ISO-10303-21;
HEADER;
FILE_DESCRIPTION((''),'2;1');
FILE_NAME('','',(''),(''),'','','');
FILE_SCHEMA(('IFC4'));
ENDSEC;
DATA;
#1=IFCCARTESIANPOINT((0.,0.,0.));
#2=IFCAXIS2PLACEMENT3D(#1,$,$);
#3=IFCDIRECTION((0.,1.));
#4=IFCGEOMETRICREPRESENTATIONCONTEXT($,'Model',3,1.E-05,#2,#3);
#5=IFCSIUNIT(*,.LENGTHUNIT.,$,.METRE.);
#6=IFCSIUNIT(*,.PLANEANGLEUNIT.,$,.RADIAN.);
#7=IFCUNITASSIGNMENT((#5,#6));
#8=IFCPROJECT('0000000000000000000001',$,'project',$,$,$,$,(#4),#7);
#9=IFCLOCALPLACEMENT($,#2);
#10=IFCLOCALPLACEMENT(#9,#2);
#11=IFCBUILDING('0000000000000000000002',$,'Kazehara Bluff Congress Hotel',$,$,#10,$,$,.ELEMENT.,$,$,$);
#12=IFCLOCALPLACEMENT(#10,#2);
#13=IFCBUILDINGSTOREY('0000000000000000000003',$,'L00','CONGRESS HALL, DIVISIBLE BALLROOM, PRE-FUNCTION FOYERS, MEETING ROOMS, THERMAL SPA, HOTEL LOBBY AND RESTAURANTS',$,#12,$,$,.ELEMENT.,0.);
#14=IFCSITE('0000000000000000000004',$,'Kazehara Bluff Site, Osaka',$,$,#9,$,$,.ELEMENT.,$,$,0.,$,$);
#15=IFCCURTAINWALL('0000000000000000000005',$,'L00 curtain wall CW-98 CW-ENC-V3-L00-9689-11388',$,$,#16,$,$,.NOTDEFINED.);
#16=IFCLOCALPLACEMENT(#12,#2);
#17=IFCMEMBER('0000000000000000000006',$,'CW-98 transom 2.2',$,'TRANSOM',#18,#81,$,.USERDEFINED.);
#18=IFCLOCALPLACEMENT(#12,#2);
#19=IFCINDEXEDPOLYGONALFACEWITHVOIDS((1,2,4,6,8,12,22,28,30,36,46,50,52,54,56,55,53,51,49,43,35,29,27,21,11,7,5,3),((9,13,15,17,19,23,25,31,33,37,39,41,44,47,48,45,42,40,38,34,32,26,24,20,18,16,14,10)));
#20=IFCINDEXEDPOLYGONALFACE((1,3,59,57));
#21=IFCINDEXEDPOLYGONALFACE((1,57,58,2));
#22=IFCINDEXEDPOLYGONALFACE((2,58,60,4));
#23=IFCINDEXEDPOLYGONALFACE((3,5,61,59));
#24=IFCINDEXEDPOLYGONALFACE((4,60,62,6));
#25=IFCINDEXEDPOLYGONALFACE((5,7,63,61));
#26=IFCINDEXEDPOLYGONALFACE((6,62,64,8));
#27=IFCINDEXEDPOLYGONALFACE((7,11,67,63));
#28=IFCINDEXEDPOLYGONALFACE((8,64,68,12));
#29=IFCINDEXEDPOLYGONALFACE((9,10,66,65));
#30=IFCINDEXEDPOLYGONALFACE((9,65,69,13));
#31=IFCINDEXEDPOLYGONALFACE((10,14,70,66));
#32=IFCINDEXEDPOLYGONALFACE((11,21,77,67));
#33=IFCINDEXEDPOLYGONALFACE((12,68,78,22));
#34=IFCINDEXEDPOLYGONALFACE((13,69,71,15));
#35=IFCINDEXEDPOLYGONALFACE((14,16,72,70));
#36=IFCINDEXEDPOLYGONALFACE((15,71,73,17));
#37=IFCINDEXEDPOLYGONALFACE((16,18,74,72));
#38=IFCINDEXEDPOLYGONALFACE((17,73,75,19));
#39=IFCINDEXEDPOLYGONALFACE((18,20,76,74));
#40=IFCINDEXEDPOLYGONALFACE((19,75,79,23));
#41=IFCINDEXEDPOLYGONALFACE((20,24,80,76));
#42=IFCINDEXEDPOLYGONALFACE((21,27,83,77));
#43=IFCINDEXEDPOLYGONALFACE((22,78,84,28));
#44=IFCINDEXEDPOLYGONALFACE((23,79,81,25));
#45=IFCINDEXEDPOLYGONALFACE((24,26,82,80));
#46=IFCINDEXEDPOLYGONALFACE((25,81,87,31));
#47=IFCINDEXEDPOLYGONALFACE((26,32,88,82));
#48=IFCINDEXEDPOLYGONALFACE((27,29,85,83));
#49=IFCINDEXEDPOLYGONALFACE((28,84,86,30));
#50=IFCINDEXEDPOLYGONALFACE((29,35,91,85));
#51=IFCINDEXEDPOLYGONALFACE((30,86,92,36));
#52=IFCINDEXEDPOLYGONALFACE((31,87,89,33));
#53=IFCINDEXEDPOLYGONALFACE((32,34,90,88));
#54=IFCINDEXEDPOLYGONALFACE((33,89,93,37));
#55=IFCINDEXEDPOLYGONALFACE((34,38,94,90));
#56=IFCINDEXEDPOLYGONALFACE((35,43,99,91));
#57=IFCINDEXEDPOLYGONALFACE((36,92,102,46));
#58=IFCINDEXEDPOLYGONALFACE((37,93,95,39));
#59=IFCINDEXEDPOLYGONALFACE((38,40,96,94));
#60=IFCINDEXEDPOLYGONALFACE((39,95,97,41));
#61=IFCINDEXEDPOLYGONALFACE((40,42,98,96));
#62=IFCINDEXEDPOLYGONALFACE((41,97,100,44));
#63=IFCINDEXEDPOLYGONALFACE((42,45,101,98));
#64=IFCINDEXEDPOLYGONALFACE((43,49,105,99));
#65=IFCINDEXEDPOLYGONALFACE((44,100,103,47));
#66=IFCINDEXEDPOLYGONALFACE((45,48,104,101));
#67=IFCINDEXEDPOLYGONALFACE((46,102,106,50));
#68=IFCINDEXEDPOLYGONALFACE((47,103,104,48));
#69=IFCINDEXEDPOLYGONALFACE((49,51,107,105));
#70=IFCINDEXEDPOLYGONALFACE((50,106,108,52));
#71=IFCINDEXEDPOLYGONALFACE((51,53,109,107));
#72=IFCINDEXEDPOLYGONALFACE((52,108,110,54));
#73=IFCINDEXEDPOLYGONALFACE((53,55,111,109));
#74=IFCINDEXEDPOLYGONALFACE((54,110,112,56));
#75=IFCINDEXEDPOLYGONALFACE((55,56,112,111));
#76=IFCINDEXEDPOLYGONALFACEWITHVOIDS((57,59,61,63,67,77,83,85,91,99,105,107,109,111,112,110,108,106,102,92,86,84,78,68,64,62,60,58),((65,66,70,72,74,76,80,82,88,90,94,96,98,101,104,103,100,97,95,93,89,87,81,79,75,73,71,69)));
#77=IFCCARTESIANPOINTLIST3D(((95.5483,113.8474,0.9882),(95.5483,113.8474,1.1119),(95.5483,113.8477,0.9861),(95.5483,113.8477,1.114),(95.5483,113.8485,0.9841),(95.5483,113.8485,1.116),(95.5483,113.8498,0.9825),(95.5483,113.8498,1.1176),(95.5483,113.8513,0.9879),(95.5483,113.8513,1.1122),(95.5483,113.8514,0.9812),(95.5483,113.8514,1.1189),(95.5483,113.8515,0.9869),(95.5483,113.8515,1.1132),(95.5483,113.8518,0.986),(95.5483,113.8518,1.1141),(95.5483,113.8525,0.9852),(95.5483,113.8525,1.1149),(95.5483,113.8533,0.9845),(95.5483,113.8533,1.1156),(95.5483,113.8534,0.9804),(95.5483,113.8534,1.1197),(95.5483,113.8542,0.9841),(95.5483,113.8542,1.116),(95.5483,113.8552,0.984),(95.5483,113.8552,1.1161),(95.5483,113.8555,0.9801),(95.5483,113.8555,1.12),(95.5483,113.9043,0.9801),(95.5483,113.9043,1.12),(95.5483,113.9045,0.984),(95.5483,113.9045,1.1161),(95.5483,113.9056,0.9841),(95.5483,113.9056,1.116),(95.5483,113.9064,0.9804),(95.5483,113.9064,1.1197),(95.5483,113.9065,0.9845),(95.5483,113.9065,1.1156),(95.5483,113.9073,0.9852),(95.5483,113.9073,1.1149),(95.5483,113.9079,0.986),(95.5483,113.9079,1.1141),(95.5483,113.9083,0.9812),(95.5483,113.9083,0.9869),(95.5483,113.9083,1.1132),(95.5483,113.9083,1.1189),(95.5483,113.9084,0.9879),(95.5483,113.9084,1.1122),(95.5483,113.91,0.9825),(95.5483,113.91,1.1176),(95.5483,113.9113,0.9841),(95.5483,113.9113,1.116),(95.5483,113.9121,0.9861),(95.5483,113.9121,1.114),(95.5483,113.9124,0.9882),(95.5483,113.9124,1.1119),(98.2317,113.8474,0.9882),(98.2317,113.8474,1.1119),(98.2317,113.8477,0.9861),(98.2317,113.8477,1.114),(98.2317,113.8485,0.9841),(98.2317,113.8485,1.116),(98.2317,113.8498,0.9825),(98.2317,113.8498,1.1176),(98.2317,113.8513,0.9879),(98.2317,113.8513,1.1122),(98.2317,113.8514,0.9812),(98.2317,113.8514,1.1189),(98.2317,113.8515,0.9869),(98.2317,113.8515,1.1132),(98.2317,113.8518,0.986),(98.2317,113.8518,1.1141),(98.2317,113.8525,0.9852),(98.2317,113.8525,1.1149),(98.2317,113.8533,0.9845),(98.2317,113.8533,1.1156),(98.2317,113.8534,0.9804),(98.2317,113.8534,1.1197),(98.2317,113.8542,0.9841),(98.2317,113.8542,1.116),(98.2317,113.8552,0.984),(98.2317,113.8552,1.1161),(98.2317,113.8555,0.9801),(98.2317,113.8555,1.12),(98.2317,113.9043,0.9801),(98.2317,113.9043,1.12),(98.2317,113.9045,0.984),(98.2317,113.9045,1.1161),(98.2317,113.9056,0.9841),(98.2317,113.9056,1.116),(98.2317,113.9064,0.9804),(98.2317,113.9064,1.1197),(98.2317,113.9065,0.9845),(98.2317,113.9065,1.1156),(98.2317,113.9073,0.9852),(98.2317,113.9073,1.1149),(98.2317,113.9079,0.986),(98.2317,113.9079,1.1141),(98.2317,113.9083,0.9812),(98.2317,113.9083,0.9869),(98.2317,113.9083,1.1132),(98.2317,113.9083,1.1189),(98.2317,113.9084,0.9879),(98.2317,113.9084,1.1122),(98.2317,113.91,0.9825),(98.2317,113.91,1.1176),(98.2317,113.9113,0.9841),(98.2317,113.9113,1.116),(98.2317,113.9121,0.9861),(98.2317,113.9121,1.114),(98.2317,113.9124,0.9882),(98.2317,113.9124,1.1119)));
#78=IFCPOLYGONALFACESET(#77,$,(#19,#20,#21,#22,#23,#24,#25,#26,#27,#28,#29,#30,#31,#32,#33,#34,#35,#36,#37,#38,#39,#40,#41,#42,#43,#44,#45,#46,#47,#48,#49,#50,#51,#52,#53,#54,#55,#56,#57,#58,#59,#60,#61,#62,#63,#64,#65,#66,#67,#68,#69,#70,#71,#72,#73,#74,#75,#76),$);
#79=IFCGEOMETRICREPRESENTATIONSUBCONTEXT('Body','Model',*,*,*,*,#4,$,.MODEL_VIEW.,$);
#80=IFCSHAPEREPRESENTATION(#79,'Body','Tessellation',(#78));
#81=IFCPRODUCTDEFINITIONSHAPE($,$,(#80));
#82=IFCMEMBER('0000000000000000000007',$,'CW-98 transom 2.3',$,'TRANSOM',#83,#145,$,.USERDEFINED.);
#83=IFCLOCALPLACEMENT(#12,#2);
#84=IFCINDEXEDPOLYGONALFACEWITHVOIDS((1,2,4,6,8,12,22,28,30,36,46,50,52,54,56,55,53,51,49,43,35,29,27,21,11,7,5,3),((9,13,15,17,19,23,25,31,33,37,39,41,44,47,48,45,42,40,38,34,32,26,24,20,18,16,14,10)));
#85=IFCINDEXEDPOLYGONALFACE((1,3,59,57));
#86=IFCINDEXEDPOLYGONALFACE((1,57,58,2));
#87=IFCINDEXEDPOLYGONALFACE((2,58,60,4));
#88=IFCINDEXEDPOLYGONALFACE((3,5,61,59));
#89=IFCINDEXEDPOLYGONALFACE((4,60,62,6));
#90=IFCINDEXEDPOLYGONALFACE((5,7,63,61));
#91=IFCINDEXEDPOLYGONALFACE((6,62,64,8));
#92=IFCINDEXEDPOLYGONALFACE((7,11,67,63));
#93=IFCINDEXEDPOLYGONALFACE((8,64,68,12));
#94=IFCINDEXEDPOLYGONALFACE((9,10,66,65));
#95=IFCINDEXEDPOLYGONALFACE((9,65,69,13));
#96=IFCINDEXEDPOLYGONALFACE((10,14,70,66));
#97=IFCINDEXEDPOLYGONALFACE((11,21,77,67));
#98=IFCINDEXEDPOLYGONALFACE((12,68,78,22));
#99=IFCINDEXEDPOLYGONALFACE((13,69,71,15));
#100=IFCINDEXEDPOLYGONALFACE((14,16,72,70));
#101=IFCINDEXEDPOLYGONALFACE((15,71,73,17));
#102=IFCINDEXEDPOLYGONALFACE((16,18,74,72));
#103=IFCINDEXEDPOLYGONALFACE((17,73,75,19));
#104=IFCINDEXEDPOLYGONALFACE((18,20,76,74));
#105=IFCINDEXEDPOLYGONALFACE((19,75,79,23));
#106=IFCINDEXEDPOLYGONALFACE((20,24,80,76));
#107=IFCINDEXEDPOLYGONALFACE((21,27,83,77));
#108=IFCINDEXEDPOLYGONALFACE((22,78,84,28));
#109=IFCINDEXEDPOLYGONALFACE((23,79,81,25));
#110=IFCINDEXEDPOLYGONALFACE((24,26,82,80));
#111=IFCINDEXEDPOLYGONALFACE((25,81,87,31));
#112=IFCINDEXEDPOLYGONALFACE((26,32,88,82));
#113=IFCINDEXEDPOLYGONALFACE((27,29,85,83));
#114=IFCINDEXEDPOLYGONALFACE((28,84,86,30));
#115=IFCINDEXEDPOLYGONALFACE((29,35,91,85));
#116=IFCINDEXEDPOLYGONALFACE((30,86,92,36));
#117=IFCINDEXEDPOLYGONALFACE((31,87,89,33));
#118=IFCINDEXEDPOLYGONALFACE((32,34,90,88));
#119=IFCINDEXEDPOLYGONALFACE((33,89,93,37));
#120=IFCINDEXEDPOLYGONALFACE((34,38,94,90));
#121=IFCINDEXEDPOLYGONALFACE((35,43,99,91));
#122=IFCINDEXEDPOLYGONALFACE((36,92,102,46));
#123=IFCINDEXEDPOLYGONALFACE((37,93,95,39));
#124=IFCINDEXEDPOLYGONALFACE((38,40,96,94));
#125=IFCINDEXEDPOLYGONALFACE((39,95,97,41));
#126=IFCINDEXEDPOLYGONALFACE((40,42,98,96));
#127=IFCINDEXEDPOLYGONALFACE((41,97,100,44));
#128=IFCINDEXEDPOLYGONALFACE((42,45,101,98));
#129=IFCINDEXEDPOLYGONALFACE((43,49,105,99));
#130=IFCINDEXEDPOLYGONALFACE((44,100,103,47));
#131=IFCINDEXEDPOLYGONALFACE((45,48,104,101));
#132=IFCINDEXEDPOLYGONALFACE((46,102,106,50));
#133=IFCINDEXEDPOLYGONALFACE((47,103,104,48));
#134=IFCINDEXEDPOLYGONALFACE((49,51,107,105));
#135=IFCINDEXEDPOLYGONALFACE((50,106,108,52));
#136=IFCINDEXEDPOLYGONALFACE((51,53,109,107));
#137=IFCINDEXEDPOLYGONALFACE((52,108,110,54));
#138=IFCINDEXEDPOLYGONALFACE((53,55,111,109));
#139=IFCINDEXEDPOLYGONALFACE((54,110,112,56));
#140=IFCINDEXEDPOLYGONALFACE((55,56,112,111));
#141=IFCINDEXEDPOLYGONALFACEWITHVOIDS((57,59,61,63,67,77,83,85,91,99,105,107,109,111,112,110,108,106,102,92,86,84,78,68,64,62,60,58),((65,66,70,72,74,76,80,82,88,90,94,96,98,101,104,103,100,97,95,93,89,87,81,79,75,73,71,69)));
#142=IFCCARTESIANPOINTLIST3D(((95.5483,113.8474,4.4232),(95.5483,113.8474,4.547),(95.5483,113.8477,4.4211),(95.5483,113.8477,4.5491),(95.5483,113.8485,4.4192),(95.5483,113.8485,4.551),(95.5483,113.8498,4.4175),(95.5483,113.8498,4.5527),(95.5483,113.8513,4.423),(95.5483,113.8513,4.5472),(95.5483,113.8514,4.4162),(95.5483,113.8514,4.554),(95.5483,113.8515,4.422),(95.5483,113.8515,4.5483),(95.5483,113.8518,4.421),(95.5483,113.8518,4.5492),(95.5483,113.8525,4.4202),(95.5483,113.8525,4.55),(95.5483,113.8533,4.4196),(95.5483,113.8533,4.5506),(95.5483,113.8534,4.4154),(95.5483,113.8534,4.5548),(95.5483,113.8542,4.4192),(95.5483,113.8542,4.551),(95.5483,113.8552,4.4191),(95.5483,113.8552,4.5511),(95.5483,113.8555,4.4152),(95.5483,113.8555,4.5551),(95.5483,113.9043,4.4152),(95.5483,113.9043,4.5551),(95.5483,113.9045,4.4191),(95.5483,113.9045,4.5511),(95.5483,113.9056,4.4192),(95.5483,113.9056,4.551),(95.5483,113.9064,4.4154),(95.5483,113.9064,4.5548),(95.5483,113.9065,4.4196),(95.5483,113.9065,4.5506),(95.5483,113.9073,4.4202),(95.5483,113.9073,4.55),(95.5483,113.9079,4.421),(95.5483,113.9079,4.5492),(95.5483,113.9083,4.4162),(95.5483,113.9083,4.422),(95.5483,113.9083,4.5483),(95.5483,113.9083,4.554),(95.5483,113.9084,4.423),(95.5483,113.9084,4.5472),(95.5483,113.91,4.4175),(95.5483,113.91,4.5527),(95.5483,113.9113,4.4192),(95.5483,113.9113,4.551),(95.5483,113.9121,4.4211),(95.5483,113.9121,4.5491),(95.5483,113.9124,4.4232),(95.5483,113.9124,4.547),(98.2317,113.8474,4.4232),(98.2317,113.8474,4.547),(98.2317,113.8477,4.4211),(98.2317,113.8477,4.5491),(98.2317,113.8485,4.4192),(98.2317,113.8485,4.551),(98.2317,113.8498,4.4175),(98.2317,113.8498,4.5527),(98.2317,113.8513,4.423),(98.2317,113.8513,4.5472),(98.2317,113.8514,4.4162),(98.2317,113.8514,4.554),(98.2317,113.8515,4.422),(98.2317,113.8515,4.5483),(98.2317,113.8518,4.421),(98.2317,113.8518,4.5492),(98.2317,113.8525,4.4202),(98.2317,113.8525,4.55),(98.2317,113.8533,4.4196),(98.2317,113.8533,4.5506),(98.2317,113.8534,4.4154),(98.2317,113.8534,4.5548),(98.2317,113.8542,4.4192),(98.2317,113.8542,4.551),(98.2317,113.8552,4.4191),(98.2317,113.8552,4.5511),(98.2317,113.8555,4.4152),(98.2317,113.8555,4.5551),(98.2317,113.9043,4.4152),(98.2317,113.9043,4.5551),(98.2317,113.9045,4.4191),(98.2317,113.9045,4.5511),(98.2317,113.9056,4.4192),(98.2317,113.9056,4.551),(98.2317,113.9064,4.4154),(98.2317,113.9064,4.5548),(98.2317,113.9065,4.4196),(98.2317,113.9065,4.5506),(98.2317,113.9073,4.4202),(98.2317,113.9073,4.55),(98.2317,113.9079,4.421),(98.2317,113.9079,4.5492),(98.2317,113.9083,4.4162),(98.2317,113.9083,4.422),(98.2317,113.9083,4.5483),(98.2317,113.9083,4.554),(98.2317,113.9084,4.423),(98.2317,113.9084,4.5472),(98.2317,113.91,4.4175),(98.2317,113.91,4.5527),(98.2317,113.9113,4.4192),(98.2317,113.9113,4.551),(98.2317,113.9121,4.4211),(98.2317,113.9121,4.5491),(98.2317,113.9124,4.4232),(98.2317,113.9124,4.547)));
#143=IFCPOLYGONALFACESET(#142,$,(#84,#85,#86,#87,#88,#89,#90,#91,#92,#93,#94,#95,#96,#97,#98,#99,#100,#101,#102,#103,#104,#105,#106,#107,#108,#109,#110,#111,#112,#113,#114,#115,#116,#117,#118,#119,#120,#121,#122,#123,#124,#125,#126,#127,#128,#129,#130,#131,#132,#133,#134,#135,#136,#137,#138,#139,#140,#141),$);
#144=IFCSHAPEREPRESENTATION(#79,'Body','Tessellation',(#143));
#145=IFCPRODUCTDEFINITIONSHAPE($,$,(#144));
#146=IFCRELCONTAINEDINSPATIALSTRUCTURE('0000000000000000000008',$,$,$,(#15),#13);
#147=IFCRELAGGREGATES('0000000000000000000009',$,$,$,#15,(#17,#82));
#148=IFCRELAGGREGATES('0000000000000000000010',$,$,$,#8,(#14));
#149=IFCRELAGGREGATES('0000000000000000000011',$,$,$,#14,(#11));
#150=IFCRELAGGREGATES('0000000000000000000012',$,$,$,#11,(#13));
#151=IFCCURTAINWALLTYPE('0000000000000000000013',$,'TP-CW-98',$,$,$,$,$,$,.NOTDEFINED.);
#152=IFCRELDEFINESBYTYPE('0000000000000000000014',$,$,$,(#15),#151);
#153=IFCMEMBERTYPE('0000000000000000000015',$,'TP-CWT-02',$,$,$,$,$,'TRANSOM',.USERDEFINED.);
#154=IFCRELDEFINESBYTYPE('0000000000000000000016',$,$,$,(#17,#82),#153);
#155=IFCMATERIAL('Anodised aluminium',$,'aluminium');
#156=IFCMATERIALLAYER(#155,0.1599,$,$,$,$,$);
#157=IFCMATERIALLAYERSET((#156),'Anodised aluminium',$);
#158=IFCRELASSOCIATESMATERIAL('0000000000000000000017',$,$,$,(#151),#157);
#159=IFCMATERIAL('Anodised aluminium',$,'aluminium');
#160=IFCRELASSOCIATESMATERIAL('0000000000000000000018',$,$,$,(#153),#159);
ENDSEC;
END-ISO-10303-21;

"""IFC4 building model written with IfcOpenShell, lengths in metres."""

from ifc_helpers import new_model, si_unit, direction, frame, origin, origin_2d, place, context, subcontext, project, spatial, hollow_rectangle, extrude, material, layer, layer_set, material_profile, profile_set, type_object, element, aggregate, save


model = new_model("IFC4")

# Units and contexts
model_context = context("Model", 3, precision=1e-05, world=origin(), true_north=direction((0.0, 1.0)))
body_context = subcontext(model_context, "Body", "Model", "MODEL_VIEW")
ifc_project = project(units=[si_unit("LENGTHUNIT", "METRE"), si_unit("PLANEANGLEUNIT", "RADIAN")], contexts=[model_context])

# Site, building, storey
site_placement = place(None, origin())
site = spatial("IfcSite", under=ifc_project, at=site_placement, Name="Kazehara Bluff Site, Osaka", CompositionType="ELEMENT", RefElevation=0.0)
building_placement = place(site_placement, origin())
building = spatial("IfcBuilding", under=site, at=building_placement, Name="Kazehara Bluff Congress Hotel", CompositionType="ELEMENT")
storey_placement = place(building_placement, origin())
storey = spatial("IfcBuildingStorey", under=building, at=storey_placement, Name="L00", Description="CONGRESS HALL, DIVISIBLE BALLROOM, PRE-FUNCTION FOYERS, MEETING ROOMS, THERMAL SPA, HOTEL LOBBY AND RESTAURANTS", CompositionType="ELEMENT", Elevation=0.0)

# Curtain wall, members
ifc_material_1 = material(Name="Anodised aluminium", Category="aluminium")
ifc_layer_1 = layer(ifc_material_1, 0.1599)
ifc_layer_set_1 = layer_set([ifc_layer_1], Name="Anodised aluminium")
curtain_wall_type = type_object("IfcCurtainWallType", Name="TP-CW-98", PredefinedType="NOTDEFINED", material=ifc_layer_set_1)
curtain_wall_placement = place(storey_placement, origin())
curtain_wall = element("IfcCurtainWall", 1, at=curtain_wall_placement, inside=storey, type_object=curtain_wall_type, Name="L00 curtain wall CW-98 CW-ENC-V3-L00-9689-11388", PredefinedType="NOTDEFINED")
ifc_material_2 = material(Name="Anodised aluminium", Category="aluminium")
ifc_material_profile_1 = material_profile(ifc_material_2, hollow_rectangle(XDim=0.0649, YDim=0.1399, WallThickness=0.0039, InnerFilletRadius=0.0039, OuterFilletRadius=0.0081, at=origin_2d()))
ifc_profile_set_1 = profile_set([ifc_material_profile_1], Name="Anodised aluminium")
member_type_1 = type_object("IfcMemberType", Name="TP-CWT-02", ElementType="TRANSOM", PredefinedType="USERDEFINED", material=ifc_profile_set_1)
member_1_placement = place(storey_placement, frame((95.5483, 113.8799, 1.05), z_axis=(1.0, 0.0, 0.0), x_axis=(0.0, 1.0, 0.0)))
member_1 = element("IfcMember", 2, at=member_1_placement, type_object=member_type_1, Name="CW-98 transom 2.2", ObjectType="TRANSOM", PredefinedType="USERDEFINED", context=body_context, shape_type="SweptSolid", body=[
    extrude(hollow_rectangle(XDim=0.0649, YDim=0.1399, WallThickness=0.0039, InnerFilletRadius=0.0039, OuterFilletRadius=0.0081, at=origin_2d()), origin(), (0.0, 0.0, 1.0), 2.6833),
])
member_2_placement = place(storey_placement, frame((95.5483, 113.8799, 4.4851), z_axis=(1.0, 0.0, 0.0), x_axis=(0.0, 1.0, 0.0)))
member_2 = element("IfcMember", 3, at=member_2_placement, type_object=member_type_1, Name="CW-98 transom 2.3", ObjectType="TRANSOM", PredefinedType="USERDEFINED", context=body_context, shape_type="SweptSolid", body=[
    extrude(hollow_rectangle(XDim=0.0649, YDim=0.1399, WallThickness=0.0039, InnerFilletRadius=0.0039, OuterFilletRadius=0.0081, at=origin_2d()), origin(), (0.0, 0.0, 1.0), 2.6833),
])

aggregate(curtain_wall, [member_1, member_2])

save(model, "model.ifc")
